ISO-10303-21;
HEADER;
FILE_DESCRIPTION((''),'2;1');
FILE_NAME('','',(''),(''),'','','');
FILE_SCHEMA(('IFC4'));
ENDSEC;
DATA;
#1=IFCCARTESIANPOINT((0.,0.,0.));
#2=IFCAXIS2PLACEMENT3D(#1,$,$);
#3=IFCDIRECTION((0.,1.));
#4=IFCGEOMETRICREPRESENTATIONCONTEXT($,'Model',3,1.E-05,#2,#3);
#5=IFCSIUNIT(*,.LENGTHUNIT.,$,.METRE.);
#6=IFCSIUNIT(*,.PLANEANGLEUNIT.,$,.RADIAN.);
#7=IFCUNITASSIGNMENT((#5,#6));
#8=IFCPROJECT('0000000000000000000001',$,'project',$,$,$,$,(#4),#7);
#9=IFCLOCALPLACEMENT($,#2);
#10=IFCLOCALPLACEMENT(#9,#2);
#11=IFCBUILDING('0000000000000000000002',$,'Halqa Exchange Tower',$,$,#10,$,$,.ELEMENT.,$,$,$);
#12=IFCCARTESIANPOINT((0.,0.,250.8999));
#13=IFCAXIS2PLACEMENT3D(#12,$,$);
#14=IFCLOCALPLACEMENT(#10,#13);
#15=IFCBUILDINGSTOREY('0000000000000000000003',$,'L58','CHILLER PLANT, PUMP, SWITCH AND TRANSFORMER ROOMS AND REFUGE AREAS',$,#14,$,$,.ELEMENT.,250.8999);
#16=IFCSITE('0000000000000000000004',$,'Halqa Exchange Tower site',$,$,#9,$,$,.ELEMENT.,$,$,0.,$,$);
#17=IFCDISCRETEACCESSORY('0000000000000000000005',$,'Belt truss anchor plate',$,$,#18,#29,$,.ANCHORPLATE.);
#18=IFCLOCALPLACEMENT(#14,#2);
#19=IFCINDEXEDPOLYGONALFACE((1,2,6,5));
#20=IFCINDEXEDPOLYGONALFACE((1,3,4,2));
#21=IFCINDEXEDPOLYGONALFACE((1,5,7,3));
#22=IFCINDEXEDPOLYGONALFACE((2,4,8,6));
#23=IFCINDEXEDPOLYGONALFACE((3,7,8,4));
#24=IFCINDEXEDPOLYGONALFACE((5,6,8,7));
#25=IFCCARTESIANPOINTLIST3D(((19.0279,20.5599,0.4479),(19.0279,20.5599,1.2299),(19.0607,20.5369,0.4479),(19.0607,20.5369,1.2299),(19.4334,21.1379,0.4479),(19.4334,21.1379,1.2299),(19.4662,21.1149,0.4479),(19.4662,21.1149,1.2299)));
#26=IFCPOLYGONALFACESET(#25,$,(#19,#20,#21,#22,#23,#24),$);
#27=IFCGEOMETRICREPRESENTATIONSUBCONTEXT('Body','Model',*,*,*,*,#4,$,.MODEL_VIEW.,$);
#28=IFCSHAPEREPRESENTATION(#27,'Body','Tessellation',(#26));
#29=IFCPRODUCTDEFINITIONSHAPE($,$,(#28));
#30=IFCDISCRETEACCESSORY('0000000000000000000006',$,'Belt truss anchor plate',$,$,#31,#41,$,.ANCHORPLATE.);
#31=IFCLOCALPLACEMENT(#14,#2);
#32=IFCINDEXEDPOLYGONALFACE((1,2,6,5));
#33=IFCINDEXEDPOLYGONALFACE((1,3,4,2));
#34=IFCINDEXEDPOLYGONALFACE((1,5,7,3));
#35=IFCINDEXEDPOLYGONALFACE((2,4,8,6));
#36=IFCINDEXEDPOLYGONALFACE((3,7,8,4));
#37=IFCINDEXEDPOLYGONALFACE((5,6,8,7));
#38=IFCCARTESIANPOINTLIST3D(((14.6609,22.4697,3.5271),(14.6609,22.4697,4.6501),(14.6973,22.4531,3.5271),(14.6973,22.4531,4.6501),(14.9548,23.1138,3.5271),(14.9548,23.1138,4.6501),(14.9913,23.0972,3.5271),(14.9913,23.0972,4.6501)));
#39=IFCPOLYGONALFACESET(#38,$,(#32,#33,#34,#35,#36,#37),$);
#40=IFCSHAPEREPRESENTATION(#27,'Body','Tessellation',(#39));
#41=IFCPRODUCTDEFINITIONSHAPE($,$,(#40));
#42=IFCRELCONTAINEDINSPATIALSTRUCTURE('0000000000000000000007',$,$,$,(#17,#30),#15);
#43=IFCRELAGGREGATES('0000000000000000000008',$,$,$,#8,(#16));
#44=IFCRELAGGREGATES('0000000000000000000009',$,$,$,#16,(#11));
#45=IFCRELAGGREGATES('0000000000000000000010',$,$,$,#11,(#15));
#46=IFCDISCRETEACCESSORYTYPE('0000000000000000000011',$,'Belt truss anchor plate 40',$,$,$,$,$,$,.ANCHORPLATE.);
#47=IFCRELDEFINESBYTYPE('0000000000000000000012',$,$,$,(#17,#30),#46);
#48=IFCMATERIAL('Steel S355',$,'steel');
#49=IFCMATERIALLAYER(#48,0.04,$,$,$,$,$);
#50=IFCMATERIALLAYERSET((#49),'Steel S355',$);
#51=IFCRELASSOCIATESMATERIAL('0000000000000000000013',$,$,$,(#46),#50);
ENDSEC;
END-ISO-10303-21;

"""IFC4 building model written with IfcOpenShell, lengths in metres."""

from ifc_helpers import new_model, si_unit, direction, frame, origin, origin_2d, place, context, subcontext, project, spatial, rectangle, extrude, material, layer, layer_set, type_object, element, save


model = new_model("IFC4")

# Units and contexts
model_context = context("Model", 3, precision=1e-05, world=origin(), true_north=direction((0.0, 1.0)))
body_context = subcontext(model_context, "Body", "Model", "MODEL_VIEW")
ifc_project = project(units=[si_unit("LENGTHUNIT", "METRE"), si_unit("PLANEANGLEUNIT", "RADIAN")], contexts=[model_context])

# Site, building, storey
site_placement = place(None, origin())
site = spatial("IfcSite", under=ifc_project, at=site_placement, Name="Halqa Exchange Tower site", CompositionType="ELEMENT", RefElevation=0.0)
building_placement = place(site_placement, origin())
building = spatial("IfcBuilding", under=site, at=building_placement, Name="Halqa Exchange Tower", CompositionType="ELEMENT")
storey_placement = place(building_placement, frame((0.0, 0.0, 250.8999)))
storey = spatial("IfcBuildingStorey", under=building, at=storey_placement, Name="L58", Description="CHILLER PLANT, PUMP, SWITCH AND TRANSFORMER ROOMS AND REFUGE AREAS", CompositionType="ELEMENT", Elevation=250.8999)

# Shared definitions
ifc_material_1 = material(Name="Steel S355", Category="steel")

# Discrete accessories
ifc_layer_1 = layer(ifc_material_1, 0.04)
ifc_layer_set_1 = layer_set([ifc_layer_1], Name="Steel S355")
discrete_accessory_type = type_object("IfcDiscreteAccessoryType", Name="Belt truss anchor plate 40", PredefinedType="ANCHORPLATE", material=ifc_layer_set_1)
discrete_accessory_1_placement = place(storey_placement, frame((19.2634, 20.8259, 0.8389), z_axis=(-0.818657, 0.574282, 0.0), x_axis=(-0.574282, -0.818657, 0.0)))
element("IfcDiscreteAccessory", 1, at=discrete_accessory_1_placement, inside=storey, type_object=discrete_accessory_type, Name="Belt truss anchor plate", PredefinedType="ANCHORPLATE", context=body_context, shape_type="SweptSolid", body=[
    extrude(rectangle(XDim=0.7061, YDim=0.782, at=origin_2d()), origin(), (0.0, 0.0, 1.0), 0.04),
])
discrete_accessory_2_placement = place(storey_placement, frame((14.8079, 22.7917, 4.0886), z_axis=(0.909738, -0.415183, 0.0), x_axis=(0.415183, 0.909738, 0.0)))
element("IfcDiscreteAccessory", 2, at=discrete_accessory_2_placement, inside=storey, type_object=discrete_accessory_type, Name="Belt truss anchor plate", PredefinedType="ANCHORPLATE", context=body_context, shape_type="SweptSolid", body=[
    extrude(rectangle(XDim=0.708, YDim=1.123, at=origin_2d()), origin(), (0.0, 0.0, 1.0), 0.04),
])

save(model, "model.ifc")
